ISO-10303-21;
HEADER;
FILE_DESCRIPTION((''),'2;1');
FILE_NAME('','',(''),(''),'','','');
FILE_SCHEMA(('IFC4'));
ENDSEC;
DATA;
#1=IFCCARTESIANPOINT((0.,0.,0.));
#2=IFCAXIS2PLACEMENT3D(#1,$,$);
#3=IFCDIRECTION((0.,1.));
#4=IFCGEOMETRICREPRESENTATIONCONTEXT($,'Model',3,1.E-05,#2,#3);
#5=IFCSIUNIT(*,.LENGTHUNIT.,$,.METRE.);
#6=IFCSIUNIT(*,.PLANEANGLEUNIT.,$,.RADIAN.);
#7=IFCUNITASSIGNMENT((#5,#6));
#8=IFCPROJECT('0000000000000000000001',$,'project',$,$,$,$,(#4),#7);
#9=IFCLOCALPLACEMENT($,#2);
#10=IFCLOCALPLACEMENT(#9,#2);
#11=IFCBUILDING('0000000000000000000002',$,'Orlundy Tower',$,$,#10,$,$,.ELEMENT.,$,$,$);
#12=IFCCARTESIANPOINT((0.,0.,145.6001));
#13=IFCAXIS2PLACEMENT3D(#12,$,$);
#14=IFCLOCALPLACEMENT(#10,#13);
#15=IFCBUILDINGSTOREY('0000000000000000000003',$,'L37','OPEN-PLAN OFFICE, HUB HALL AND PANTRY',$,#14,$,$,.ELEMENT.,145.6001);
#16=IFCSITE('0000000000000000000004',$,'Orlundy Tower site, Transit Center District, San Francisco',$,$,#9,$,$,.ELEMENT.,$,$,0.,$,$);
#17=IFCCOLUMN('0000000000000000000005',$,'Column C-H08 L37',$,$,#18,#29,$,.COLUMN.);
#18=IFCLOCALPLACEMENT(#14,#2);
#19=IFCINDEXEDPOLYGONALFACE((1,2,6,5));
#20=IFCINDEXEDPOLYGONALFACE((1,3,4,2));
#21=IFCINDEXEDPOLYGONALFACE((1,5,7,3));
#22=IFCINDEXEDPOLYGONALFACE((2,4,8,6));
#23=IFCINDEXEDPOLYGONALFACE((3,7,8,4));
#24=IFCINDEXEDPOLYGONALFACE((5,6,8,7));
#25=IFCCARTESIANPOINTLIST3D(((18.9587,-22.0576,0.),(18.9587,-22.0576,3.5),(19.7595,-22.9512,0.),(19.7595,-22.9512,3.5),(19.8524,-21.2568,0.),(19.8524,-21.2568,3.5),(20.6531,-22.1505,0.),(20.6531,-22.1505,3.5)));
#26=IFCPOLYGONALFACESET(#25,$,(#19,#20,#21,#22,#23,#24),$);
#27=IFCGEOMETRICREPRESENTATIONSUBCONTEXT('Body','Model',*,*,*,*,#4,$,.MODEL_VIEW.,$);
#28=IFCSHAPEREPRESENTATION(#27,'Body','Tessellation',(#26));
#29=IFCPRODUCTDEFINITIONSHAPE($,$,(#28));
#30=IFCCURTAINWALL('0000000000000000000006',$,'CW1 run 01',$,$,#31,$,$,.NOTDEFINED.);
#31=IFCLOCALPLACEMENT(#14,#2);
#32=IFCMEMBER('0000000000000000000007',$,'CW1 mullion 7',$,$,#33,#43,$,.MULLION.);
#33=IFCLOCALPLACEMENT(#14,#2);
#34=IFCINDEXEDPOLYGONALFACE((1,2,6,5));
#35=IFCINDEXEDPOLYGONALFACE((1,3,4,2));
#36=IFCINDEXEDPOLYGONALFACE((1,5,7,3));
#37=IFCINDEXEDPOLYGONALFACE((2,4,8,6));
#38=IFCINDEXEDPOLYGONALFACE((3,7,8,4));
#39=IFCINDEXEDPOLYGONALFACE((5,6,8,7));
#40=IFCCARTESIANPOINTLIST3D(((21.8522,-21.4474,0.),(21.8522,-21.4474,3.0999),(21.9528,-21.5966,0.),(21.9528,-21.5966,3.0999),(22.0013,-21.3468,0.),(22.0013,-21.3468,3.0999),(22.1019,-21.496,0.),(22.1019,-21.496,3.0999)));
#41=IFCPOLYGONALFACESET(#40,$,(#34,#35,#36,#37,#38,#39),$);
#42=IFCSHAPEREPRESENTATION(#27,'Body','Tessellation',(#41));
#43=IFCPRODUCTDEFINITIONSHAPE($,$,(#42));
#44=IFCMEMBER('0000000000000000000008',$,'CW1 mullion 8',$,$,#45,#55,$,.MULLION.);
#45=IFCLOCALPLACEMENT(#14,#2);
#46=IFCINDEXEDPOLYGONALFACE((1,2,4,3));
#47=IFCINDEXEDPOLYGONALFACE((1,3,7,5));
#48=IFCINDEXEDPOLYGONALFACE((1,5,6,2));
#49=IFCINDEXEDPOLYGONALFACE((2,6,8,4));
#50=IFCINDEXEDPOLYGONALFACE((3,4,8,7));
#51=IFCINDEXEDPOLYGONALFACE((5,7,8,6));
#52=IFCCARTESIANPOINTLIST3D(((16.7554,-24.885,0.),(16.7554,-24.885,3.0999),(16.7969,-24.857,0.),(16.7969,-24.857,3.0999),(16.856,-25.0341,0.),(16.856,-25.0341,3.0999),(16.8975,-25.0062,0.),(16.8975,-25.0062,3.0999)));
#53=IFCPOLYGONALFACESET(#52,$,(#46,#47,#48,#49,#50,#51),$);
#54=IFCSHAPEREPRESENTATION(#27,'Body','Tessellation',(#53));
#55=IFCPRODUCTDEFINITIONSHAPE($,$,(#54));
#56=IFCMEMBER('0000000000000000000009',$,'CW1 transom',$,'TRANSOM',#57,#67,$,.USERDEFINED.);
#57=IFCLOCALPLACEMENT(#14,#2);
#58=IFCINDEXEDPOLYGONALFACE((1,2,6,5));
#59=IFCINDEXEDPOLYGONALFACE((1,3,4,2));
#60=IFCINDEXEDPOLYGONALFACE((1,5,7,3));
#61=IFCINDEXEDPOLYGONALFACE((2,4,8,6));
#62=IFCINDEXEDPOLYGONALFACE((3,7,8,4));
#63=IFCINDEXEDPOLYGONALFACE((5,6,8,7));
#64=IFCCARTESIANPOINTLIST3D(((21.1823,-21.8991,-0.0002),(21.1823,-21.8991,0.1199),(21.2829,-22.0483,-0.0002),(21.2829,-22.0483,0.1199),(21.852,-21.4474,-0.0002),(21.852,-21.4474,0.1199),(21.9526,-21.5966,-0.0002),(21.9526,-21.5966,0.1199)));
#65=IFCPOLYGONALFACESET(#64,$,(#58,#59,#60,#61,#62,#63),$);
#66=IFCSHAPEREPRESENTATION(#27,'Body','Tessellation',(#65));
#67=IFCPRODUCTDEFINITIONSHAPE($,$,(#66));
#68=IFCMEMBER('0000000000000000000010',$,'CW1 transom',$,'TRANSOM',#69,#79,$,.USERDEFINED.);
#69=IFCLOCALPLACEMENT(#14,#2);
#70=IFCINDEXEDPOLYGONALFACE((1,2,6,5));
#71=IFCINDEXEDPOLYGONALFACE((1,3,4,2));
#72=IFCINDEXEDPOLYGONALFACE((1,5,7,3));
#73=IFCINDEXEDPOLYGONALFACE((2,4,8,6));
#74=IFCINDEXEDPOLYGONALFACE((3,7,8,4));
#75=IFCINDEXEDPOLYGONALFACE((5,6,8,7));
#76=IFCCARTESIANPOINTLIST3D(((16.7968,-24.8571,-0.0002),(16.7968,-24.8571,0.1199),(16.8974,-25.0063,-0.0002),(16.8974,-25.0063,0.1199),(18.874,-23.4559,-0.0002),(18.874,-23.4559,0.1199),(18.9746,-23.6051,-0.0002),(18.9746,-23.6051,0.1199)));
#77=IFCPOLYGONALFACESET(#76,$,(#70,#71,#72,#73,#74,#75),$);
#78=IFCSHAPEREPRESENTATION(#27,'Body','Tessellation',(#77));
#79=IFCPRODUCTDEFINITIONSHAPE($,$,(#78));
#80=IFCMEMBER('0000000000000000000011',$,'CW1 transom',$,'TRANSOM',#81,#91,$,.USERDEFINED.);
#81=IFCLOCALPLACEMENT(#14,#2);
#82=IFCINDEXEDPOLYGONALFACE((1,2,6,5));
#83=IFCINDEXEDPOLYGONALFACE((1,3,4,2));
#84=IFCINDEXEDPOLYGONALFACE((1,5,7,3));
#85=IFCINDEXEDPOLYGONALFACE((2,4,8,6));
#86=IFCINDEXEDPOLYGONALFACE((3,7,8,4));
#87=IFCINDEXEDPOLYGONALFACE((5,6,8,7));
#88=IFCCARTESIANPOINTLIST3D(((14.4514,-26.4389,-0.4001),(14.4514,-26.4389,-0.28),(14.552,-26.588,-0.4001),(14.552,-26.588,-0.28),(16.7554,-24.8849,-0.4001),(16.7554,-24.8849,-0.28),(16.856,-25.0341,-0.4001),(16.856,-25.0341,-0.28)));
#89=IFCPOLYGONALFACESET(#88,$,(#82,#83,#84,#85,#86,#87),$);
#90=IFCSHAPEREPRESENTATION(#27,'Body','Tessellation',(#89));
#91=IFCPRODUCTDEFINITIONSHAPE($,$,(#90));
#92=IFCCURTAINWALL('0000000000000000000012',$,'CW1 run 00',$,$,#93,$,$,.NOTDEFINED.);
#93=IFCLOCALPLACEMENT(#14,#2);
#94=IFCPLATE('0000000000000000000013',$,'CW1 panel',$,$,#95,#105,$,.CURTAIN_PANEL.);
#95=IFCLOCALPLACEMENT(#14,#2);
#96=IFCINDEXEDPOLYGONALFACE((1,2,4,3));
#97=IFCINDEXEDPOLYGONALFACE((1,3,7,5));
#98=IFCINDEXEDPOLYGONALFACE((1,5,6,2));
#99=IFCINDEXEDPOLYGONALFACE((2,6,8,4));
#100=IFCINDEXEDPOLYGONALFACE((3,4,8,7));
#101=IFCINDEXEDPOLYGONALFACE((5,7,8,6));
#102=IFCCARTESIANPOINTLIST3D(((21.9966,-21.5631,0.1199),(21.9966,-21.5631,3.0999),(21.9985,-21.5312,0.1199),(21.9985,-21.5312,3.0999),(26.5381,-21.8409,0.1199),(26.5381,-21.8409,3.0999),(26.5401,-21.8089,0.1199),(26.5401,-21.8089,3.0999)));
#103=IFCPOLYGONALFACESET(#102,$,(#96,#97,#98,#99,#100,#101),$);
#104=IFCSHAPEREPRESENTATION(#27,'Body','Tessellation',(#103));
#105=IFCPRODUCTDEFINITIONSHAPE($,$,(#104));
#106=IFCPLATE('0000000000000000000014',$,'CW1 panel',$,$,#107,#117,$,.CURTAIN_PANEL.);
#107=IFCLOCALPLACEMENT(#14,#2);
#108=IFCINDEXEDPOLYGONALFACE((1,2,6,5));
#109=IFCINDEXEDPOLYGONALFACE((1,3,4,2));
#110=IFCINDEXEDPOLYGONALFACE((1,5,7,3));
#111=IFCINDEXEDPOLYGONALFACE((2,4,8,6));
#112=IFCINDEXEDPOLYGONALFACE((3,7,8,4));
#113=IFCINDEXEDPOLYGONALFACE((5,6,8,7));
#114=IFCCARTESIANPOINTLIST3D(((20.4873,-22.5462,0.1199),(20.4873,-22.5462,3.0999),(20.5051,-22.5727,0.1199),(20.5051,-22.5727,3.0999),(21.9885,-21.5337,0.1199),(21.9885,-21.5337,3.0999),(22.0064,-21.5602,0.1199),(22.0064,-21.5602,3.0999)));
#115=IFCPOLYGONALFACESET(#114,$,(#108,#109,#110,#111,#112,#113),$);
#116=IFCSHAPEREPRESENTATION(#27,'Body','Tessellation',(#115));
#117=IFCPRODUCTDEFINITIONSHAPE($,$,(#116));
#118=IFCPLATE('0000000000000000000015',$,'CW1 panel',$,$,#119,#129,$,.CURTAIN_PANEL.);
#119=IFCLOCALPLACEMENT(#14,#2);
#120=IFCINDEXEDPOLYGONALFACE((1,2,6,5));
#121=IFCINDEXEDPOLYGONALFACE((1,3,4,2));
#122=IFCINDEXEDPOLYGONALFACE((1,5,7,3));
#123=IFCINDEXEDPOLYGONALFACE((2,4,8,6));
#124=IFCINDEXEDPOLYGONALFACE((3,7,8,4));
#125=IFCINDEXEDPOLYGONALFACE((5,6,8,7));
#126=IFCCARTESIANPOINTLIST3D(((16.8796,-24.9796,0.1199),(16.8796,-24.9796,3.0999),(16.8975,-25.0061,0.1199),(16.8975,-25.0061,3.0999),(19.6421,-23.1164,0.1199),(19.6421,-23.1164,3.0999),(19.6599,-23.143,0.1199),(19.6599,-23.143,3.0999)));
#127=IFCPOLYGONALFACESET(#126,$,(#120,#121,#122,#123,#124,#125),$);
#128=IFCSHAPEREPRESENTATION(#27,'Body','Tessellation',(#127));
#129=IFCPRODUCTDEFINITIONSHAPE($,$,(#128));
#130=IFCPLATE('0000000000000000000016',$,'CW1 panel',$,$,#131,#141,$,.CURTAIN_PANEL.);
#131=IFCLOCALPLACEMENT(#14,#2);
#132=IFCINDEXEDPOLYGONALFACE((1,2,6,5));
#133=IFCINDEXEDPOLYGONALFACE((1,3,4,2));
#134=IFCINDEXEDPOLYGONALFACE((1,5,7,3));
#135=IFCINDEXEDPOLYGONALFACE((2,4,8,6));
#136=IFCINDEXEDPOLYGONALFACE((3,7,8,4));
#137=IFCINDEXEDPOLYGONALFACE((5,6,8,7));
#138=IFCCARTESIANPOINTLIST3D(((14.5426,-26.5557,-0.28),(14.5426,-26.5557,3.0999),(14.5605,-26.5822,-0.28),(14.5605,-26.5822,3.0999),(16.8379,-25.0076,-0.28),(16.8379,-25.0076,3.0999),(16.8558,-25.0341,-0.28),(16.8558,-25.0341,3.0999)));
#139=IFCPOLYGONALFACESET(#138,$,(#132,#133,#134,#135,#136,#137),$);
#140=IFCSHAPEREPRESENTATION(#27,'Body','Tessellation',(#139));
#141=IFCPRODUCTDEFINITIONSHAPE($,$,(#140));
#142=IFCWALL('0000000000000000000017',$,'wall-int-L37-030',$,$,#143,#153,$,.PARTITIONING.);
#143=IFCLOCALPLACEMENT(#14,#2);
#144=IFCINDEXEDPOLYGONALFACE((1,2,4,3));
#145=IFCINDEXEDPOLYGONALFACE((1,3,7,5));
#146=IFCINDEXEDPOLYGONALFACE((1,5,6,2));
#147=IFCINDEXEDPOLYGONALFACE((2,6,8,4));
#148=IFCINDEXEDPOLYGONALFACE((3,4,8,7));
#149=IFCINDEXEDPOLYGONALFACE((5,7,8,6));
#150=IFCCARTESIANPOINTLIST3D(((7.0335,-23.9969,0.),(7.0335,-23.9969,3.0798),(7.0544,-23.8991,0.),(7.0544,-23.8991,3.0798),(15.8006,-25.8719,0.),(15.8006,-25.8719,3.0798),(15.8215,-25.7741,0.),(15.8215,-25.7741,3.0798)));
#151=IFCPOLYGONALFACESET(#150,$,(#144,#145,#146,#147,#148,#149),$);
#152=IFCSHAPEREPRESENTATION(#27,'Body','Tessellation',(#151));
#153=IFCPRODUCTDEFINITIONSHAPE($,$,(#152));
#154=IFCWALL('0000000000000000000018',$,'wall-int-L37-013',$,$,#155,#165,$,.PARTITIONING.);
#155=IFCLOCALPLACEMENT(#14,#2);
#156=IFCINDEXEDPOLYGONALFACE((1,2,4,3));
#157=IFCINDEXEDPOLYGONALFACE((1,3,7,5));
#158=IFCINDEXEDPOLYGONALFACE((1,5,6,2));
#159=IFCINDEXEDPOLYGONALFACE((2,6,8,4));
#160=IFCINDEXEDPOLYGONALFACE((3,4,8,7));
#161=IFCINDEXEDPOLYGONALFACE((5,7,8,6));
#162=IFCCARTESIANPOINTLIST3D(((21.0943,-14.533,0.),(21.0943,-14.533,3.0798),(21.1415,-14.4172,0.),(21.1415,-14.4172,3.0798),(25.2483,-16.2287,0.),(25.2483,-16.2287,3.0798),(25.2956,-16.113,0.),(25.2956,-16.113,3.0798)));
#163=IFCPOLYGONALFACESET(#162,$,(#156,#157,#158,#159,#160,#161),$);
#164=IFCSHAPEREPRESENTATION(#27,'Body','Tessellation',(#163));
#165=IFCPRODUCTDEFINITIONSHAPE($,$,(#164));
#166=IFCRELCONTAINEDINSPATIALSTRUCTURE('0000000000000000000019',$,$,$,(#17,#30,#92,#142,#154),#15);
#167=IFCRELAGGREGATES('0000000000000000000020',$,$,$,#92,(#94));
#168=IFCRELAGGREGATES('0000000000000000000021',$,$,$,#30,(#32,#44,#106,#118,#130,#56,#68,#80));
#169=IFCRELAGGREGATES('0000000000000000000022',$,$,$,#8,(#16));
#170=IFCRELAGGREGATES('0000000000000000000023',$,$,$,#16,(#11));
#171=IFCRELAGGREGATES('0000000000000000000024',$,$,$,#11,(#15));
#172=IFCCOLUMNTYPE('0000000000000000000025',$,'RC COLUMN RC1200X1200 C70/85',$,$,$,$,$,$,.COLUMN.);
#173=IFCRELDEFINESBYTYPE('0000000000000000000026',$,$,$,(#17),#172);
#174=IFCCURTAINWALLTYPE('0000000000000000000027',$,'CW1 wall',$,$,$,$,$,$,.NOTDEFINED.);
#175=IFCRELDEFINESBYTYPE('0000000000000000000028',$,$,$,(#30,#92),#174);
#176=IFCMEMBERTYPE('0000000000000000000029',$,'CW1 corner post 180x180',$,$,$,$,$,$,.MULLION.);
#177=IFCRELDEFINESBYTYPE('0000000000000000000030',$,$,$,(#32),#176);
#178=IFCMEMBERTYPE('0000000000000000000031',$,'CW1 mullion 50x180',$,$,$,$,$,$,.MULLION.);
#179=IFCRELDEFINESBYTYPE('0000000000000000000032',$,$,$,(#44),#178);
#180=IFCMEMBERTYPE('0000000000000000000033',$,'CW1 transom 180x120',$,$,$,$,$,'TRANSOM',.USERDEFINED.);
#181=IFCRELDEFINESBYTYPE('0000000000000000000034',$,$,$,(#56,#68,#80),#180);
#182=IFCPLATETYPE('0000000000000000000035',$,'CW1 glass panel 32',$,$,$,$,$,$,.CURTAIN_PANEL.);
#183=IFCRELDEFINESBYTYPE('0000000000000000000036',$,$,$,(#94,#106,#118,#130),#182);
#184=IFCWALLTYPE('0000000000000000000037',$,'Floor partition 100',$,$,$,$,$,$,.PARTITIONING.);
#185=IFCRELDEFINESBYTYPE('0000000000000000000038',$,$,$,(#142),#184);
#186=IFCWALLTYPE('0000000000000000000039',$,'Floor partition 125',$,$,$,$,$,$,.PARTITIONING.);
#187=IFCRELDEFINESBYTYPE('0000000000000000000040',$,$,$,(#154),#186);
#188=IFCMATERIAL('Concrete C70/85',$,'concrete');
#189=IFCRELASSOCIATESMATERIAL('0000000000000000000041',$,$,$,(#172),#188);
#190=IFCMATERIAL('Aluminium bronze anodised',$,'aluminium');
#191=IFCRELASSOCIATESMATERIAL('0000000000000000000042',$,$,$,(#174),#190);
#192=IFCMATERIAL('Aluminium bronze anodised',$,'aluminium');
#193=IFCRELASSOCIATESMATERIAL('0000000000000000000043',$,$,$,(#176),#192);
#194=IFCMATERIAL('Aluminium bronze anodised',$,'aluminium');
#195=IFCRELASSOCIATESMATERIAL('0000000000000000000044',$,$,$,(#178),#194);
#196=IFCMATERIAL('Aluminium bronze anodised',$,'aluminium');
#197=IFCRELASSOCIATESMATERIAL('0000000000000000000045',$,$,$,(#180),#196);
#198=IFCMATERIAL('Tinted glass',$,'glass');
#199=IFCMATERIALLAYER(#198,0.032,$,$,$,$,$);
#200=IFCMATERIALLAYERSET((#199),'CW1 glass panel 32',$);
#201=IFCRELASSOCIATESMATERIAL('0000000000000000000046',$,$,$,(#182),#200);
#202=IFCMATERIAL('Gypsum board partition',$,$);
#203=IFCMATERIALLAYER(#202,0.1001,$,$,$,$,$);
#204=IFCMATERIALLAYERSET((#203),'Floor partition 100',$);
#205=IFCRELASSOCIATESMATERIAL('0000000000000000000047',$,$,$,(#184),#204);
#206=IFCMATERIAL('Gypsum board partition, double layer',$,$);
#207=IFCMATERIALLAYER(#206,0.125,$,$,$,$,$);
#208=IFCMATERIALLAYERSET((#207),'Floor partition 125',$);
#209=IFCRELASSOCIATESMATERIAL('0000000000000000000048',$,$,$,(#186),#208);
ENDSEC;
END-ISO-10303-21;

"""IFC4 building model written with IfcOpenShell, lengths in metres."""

from ifc_helpers import new_model, si_unit, direction, frame, frame_2d, origin, origin_2d, place, context, subcontext, project, spatial, rectangle, extrude, material, layer, layer_set, material_profile, profile_set, type_object, element, aggregate, save


model = new_model("IFC4")

# Units and contexts
model_context = context("Model", 3, precision=1e-05, world=origin(), true_north=direction((0.0, 1.0)))
body_context = subcontext(model_context, "Body", "Model", "MODEL_VIEW")
ifc_project = project(units=[si_unit("LENGTHUNIT", "METRE"), si_unit("PLANEANGLEUNIT", "RADIAN")], contexts=[model_context])

# Site, building, storey
site_placement = place(None, origin())
site = spatial("IfcSite", under=ifc_project, at=site_placement, Name="Orlundy Tower site, Transit Center District, San Francisco", CompositionType="ELEMENT", RefElevation=0.0)
building_placement = place(site_placement, origin())
building = spatial("IfcBuilding", under=site, at=building_placement, Name="Orlundy Tower", CompositionType="ELEMENT")
storey_placement = place(building_placement, frame((0.0, 0.0, 145.6001)))
storey = spatial("IfcBuildingStorey", under=building, at=storey_placement, Name="L37", Description="OPEN-PLAN OFFICE, HUB HALL AND PANTRY", CompositionType="ELEMENT", Elevation=145.6001)

# Column
ifc_material_1 = material(Name="Concrete C70/85", Category="concrete")
ifc_material_profile_1 = material_profile(ifc_material_1, rectangle(XDim=1.2, YDim=1.2, at=origin_2d()), Name="RC1200X1200")
ifc_profile_set_1 = profile_set([ifc_material_profile_1], Name="Concrete C70/85")
column_type = type_object("IfcColumnType", Name="RC COLUMN RC1200X1200 C70/85", PredefinedType="COLUMN", material=ifc_profile_set_1)
column_placement = place(storey_placement, frame((19.8059, -22.104, 0.0), z_axis=(0.0, 0.0, 1.0), x_axis=(0.667339, -0.744754, 0.0)))
element("IfcColumn", 1, at=column_placement, inside=storey, type_object=column_type, Name="Column C-H08 L37", PredefinedType="COLUMN", context=body_context, shape_type="SweptSolid", body=[
    extrude(rectangle(XDim=1.2, YDim=1.2, at=origin_2d()), origin(), (0.0, 0.0, 1.0), 3.5),
])

# Curtain wall, members
ifc_material_2 = material(Name="Aluminium bronze anodised", Category="aluminium")
curtain_wall_type = type_object("IfcCurtainWallType", Name="CW1 wall", PredefinedType="NOTDEFINED", material=ifc_material_2)
curtain_wall_1_placement = place(storey_placement, origin())
curtain_wall_1 = element("IfcCurtainWall", 2, at=curtain_wall_1_placement, inside=storey, type_object=curtain_wall_type, Name="CW1 run 01", PredefinedType="NOTDEFINED")
ifc_material_3 = material(Name="Aluminium bronze anodised", Category="aluminium")
ifc_material_profile_2 = material_profile(ifc_material_3, rectangle(XDim=0.1799, YDim=0.1799, at=origin_2d()), Name="CW1 corner post 180x180")
ifc_profile_set_2 = profile_set([ifc_material_profile_2], Name="Aluminium bronze anodised")
member_type_1 = type_object("IfcMemberType", Name="CW1 corner post 180x180", PredefinedType="MULLION", material=ifc_profile_set_2)
member_1_placement = place(storey_placement, frame((21.9771, -21.4717, 0.0), z_axis=(0.0, 0.0, 1.0), x_axis=(0.559165, -0.829057, 0.0)))
member_1 = element("IfcMember", 3, at=member_1_placement, type_object=member_type_1, Name="CW1 mullion 7", PredefinedType="MULLION", context=body_context, shape_type="SweptSolid", body=[
    extrude(rectangle(XDim=0.1799, YDim=0.1799, at=origin_2d()), origin(), (0.0, 0.0, 1.0), 3.0999),
])
ifc_material_4 = material(Name="Aluminium bronze anodised", Category="aluminium")
ifc_material_profile_3 = material_profile(ifc_material_4, rectangle(XDim=0.1799, YDim=0.05, at=origin_2d()), Name="CW1 mullion 50x180")
ifc_profile_set_3 = profile_set([ifc_material_profile_3], Name="Aluminium bronze anodised")
member_type_2 = type_object("IfcMemberType", Name="CW1 mullion 50x180", PredefinedType="MULLION", material=ifc_profile_set_3)
member_2_placement = place(storey_placement, frame((16.8264, -24.9456, 0.0), z_axis=(0.0, 0.0, 1.0), x_axis=(0.559165, -0.829057, 0.0)))
member_2 = element("IfcMember", 4, at=member_2_placement, type_object=member_type_2, Name="CW1 mullion 8", PredefinedType="MULLION", context=body_context, shape_type="SweptSolid", body=[
    extrude(rectangle(XDim=0.1799, YDim=0.05, at=origin_2d()), origin(), (0.0, 0.0, 1.0), 3.0999),
])
ifc_material_5 = material(Name="Aluminium bronze anodised", Category="aluminium")
ifc_material_profile_4 = material_profile(ifc_material_5, rectangle(XDim=0.1799, YDim=0.1201, at=origin_2d()), Name="CW1 transom 180x120")
ifc_profile_set_4 = profile_set([ifc_material_profile_4], Name="Aluminium bronze anodised")
member_type_3 = type_object("IfcMemberType", Name="CW1 transom 180x120", ElementType="TRANSOM", PredefinedType="USERDEFINED", material=ifc_profile_set_4)
member_3_placement = place(storey_placement, frame((21.9023, -21.522, 0.0598), z_axis=(-0.829062, -0.559156, 0.0), x_axis=(0.559156, -0.829062, 0.0)))
member_3 = element("IfcMember", 5, at=member_3_placement, type_object=member_type_3, Name="CW1 transom", ObjectType="TRANSOM", PredefinedType="USERDEFINED", context=body_context, shape_type="SweptSolid", body=[
    extrude(rectangle(XDim=0.1799, YDim=0.1201, at=origin_2d()), origin(), (0.0, 0.0, 1.0), 0.8079),
])
member_4_placement = place(storey_placement, frame((18.9243, -23.5305, 0.0598), z_axis=(-0.829025, -0.559212, 0.0), x_axis=(0.559212, -0.829025, 0.0)))
member_4 = element("IfcMember", 6, at=member_4_placement, type_object=member_type_3, Name="CW1 transom", ObjectType="TRANSOM", PredefinedType="USERDEFINED", context=body_context, shape_type="SweptSolid", body=[
    extrude(rectangle(XDim=0.1799, YDim=0.1201, at=origin_2d()), origin(), (0.0, 0.0, 1.0), 2.5056),
])
member_5_placement = place(storey_placement, frame((16.8057, -24.9595, -0.3401), z_axis=(-0.829051, -0.559173, 0.0), x_axis=(0.559173, -0.829051, 0.0)))
member_5 = element("IfcMember", 7, at=member_5_placement, type_object=member_type_3, Name="CW1 transom", ObjectType="TRANSOM", PredefinedType="USERDEFINED", context=body_context, shape_type="SweptSolid", body=[
    extrude(rectangle(XDim=0.1799, YDim=0.1201, at=origin_2d()), origin(), (0.0, 0.0, 1.0), 2.7791),
])

# Curtain wall, plate
curtain_wall_2_placement = place(storey_placement, origin())
curtain_wall_2 = element("IfcCurtainWall", 8, at=curtain_wall_2_placement, inside=storey, type_object=curtain_wall_type, Name="CW1 run 00", PredefinedType="NOTDEFINED")
ifc_material_6 = material(Name="Tinted glass", Category="glass")
ifc_layer_1 = layer(ifc_material_6, 0.032)
ifc_layer_set_1 = layer_set([ifc_layer_1], Name="CW1 glass panel 32")
plate_type = type_object("IfcPlateType", Name="CW1 glass panel 32", PredefinedType="CURTAIN_PANEL", material=ifc_layer_set_1)
plate_1_placement = place(storey_placement, frame((24.2683, -21.686, 0.1199), z_axis=(0.0, 0.0, 1.0), x_axis=(-0.998135, 0.061043, 0.0)))
plate_1 = element("IfcPlate", 9, at=plate_1_placement, type_object=plate_type, Name="CW1 panel", PredefinedType="CURTAIN_PANEL", context=body_context, shape_type="SweptSolid", body=[
    extrude(rectangle(XDim=4.55, YDim=0.032, at=origin_2d()), origin(), (0.0, 0.0, 1.0), 2.98),
])
aggregate(curtain_wall_2, [plate_1])

# Plates
plate_2_placement = place(storey_placement, frame((21.2468, -22.0532, 0.1199), z_axis=(0.0, 0.0, 1.0), x_axis=(-0.829057, -0.559165, 0.0)))
plate_2 = element("IfcPlate", 10, at=plate_2_placement, type_object=plate_type, Name="CW1 panel", PredefinedType="CURTAIN_PANEL", context=body_context, shape_type="SweptSolid", body=[
    extrude(rectangle(XDim=1.8108, YDim=0.032, at=origin_2d()), origin(), (0.0, 0.0, 1.0), 2.98),
])
plate_3_placement = place(storey_placement, frame((18.2698, -24.0613, 0.1199), z_axis=(0.0, 0.0, 1.0), x_axis=(-0.829057, -0.559165, 0.0)))
plate_3 = element("IfcPlate", 11, at=plate_3_placement, type_object=plate_type, Name="CW1 panel", PredefinedType="CURTAIN_PANEL", context=body_context, shape_type="SweptSolid", body=[
    extrude(rectangle(XDim=3.332, YDim=0.032, at=origin_2d()), origin(), (0.0, 0.0, 1.0), 2.98),
])
plate_4_placement = place(storey_placement, frame((15.6992, -25.7949, -0.28), z_axis=(0.0, 0.0, 1.0), x_axis=(-0.829057, -0.559165, 0.0)))
plate_4 = element("IfcPlate", 12, at=plate_4_placement, type_object=plate_type, Name="CW1 panel", PredefinedType="CURTAIN_PANEL", context=body_context, shape_type="SweptSolid", body=[
    extrude(rectangle(XDim=2.7686, YDim=0.032, at=origin_2d()), origin(), (0.0, 0.0, 1.0), 3.3799),
])
aggregate(curtain_wall_1, [member_1, member_2, plate_2, plate_3, plate_4, member_3, member_4, member_5])

# Walls
ifc_material_7 = material(Name="Gypsum board partition")
ifc_layer_2 = layer(ifc_material_7, 0.1001)
ifc_layer_set_2 = layer_set([ifc_layer_2], Name="Floor partition 100")
wall_type_1 = type_object("IfcWallType", Name="Floor partition 100", PredefinedType="PARTITIONING", material=ifc_layer_set_2)
wall_1_placement = place(storey_placement, frame((7.0439, -23.948, 0.0), z_axis=(0.0, 0.0, 1.0), x_axis=(0.977886, -0.209139, 0.0)))
element("IfcWall", 13, at=wall_1_placement, inside=storey, type_object=wall_type_1, Name="wall-int-L37-030", PredefinedType="PARTITIONING", context=body_context, shape_type="SweptSolid", body=[
    extrude(rectangle(XDim=8.9653, YDim=0.1001, at=frame_2d((4.4827, 0.0))), origin(), (0.0, 0.0, 1.0), 3.0798),
])
ifc_material_8 = material(Name="Gypsum board partition, double layer")
ifc_layer_3 = layer(ifc_material_8, 0.125)
ifc_layer_set_3 = layer_set([ifc_layer_3], Name="Floor partition 125")
wall_type_2 = type_object("IfcWallType", Name="Floor partition 125", PredefinedType="PARTITIONING", material=ifc_layer_set_3)
wall_2_placement = place(storey_placement, frame((21.1179, -14.4751, 0.0), z_axis=(0.0, 0.0, 1.0), x_axis=(0.925827, -0.377948, 0.0)))
element("IfcWall", 14, at=wall_2_placement, inside=storey, type_object=wall_type_2, Name="wall-int-L37-013", PredefinedType="PARTITIONING", context=body_context, shape_type="SweptSolid", body=[
    extrude(rectangle(XDim=4.4868, YDim=0.125, at=frame_2d((2.2434, 0.0))), origin(), (0.0, 0.0, 1.0), 3.0798),
])

save(model, "model.ifc")
